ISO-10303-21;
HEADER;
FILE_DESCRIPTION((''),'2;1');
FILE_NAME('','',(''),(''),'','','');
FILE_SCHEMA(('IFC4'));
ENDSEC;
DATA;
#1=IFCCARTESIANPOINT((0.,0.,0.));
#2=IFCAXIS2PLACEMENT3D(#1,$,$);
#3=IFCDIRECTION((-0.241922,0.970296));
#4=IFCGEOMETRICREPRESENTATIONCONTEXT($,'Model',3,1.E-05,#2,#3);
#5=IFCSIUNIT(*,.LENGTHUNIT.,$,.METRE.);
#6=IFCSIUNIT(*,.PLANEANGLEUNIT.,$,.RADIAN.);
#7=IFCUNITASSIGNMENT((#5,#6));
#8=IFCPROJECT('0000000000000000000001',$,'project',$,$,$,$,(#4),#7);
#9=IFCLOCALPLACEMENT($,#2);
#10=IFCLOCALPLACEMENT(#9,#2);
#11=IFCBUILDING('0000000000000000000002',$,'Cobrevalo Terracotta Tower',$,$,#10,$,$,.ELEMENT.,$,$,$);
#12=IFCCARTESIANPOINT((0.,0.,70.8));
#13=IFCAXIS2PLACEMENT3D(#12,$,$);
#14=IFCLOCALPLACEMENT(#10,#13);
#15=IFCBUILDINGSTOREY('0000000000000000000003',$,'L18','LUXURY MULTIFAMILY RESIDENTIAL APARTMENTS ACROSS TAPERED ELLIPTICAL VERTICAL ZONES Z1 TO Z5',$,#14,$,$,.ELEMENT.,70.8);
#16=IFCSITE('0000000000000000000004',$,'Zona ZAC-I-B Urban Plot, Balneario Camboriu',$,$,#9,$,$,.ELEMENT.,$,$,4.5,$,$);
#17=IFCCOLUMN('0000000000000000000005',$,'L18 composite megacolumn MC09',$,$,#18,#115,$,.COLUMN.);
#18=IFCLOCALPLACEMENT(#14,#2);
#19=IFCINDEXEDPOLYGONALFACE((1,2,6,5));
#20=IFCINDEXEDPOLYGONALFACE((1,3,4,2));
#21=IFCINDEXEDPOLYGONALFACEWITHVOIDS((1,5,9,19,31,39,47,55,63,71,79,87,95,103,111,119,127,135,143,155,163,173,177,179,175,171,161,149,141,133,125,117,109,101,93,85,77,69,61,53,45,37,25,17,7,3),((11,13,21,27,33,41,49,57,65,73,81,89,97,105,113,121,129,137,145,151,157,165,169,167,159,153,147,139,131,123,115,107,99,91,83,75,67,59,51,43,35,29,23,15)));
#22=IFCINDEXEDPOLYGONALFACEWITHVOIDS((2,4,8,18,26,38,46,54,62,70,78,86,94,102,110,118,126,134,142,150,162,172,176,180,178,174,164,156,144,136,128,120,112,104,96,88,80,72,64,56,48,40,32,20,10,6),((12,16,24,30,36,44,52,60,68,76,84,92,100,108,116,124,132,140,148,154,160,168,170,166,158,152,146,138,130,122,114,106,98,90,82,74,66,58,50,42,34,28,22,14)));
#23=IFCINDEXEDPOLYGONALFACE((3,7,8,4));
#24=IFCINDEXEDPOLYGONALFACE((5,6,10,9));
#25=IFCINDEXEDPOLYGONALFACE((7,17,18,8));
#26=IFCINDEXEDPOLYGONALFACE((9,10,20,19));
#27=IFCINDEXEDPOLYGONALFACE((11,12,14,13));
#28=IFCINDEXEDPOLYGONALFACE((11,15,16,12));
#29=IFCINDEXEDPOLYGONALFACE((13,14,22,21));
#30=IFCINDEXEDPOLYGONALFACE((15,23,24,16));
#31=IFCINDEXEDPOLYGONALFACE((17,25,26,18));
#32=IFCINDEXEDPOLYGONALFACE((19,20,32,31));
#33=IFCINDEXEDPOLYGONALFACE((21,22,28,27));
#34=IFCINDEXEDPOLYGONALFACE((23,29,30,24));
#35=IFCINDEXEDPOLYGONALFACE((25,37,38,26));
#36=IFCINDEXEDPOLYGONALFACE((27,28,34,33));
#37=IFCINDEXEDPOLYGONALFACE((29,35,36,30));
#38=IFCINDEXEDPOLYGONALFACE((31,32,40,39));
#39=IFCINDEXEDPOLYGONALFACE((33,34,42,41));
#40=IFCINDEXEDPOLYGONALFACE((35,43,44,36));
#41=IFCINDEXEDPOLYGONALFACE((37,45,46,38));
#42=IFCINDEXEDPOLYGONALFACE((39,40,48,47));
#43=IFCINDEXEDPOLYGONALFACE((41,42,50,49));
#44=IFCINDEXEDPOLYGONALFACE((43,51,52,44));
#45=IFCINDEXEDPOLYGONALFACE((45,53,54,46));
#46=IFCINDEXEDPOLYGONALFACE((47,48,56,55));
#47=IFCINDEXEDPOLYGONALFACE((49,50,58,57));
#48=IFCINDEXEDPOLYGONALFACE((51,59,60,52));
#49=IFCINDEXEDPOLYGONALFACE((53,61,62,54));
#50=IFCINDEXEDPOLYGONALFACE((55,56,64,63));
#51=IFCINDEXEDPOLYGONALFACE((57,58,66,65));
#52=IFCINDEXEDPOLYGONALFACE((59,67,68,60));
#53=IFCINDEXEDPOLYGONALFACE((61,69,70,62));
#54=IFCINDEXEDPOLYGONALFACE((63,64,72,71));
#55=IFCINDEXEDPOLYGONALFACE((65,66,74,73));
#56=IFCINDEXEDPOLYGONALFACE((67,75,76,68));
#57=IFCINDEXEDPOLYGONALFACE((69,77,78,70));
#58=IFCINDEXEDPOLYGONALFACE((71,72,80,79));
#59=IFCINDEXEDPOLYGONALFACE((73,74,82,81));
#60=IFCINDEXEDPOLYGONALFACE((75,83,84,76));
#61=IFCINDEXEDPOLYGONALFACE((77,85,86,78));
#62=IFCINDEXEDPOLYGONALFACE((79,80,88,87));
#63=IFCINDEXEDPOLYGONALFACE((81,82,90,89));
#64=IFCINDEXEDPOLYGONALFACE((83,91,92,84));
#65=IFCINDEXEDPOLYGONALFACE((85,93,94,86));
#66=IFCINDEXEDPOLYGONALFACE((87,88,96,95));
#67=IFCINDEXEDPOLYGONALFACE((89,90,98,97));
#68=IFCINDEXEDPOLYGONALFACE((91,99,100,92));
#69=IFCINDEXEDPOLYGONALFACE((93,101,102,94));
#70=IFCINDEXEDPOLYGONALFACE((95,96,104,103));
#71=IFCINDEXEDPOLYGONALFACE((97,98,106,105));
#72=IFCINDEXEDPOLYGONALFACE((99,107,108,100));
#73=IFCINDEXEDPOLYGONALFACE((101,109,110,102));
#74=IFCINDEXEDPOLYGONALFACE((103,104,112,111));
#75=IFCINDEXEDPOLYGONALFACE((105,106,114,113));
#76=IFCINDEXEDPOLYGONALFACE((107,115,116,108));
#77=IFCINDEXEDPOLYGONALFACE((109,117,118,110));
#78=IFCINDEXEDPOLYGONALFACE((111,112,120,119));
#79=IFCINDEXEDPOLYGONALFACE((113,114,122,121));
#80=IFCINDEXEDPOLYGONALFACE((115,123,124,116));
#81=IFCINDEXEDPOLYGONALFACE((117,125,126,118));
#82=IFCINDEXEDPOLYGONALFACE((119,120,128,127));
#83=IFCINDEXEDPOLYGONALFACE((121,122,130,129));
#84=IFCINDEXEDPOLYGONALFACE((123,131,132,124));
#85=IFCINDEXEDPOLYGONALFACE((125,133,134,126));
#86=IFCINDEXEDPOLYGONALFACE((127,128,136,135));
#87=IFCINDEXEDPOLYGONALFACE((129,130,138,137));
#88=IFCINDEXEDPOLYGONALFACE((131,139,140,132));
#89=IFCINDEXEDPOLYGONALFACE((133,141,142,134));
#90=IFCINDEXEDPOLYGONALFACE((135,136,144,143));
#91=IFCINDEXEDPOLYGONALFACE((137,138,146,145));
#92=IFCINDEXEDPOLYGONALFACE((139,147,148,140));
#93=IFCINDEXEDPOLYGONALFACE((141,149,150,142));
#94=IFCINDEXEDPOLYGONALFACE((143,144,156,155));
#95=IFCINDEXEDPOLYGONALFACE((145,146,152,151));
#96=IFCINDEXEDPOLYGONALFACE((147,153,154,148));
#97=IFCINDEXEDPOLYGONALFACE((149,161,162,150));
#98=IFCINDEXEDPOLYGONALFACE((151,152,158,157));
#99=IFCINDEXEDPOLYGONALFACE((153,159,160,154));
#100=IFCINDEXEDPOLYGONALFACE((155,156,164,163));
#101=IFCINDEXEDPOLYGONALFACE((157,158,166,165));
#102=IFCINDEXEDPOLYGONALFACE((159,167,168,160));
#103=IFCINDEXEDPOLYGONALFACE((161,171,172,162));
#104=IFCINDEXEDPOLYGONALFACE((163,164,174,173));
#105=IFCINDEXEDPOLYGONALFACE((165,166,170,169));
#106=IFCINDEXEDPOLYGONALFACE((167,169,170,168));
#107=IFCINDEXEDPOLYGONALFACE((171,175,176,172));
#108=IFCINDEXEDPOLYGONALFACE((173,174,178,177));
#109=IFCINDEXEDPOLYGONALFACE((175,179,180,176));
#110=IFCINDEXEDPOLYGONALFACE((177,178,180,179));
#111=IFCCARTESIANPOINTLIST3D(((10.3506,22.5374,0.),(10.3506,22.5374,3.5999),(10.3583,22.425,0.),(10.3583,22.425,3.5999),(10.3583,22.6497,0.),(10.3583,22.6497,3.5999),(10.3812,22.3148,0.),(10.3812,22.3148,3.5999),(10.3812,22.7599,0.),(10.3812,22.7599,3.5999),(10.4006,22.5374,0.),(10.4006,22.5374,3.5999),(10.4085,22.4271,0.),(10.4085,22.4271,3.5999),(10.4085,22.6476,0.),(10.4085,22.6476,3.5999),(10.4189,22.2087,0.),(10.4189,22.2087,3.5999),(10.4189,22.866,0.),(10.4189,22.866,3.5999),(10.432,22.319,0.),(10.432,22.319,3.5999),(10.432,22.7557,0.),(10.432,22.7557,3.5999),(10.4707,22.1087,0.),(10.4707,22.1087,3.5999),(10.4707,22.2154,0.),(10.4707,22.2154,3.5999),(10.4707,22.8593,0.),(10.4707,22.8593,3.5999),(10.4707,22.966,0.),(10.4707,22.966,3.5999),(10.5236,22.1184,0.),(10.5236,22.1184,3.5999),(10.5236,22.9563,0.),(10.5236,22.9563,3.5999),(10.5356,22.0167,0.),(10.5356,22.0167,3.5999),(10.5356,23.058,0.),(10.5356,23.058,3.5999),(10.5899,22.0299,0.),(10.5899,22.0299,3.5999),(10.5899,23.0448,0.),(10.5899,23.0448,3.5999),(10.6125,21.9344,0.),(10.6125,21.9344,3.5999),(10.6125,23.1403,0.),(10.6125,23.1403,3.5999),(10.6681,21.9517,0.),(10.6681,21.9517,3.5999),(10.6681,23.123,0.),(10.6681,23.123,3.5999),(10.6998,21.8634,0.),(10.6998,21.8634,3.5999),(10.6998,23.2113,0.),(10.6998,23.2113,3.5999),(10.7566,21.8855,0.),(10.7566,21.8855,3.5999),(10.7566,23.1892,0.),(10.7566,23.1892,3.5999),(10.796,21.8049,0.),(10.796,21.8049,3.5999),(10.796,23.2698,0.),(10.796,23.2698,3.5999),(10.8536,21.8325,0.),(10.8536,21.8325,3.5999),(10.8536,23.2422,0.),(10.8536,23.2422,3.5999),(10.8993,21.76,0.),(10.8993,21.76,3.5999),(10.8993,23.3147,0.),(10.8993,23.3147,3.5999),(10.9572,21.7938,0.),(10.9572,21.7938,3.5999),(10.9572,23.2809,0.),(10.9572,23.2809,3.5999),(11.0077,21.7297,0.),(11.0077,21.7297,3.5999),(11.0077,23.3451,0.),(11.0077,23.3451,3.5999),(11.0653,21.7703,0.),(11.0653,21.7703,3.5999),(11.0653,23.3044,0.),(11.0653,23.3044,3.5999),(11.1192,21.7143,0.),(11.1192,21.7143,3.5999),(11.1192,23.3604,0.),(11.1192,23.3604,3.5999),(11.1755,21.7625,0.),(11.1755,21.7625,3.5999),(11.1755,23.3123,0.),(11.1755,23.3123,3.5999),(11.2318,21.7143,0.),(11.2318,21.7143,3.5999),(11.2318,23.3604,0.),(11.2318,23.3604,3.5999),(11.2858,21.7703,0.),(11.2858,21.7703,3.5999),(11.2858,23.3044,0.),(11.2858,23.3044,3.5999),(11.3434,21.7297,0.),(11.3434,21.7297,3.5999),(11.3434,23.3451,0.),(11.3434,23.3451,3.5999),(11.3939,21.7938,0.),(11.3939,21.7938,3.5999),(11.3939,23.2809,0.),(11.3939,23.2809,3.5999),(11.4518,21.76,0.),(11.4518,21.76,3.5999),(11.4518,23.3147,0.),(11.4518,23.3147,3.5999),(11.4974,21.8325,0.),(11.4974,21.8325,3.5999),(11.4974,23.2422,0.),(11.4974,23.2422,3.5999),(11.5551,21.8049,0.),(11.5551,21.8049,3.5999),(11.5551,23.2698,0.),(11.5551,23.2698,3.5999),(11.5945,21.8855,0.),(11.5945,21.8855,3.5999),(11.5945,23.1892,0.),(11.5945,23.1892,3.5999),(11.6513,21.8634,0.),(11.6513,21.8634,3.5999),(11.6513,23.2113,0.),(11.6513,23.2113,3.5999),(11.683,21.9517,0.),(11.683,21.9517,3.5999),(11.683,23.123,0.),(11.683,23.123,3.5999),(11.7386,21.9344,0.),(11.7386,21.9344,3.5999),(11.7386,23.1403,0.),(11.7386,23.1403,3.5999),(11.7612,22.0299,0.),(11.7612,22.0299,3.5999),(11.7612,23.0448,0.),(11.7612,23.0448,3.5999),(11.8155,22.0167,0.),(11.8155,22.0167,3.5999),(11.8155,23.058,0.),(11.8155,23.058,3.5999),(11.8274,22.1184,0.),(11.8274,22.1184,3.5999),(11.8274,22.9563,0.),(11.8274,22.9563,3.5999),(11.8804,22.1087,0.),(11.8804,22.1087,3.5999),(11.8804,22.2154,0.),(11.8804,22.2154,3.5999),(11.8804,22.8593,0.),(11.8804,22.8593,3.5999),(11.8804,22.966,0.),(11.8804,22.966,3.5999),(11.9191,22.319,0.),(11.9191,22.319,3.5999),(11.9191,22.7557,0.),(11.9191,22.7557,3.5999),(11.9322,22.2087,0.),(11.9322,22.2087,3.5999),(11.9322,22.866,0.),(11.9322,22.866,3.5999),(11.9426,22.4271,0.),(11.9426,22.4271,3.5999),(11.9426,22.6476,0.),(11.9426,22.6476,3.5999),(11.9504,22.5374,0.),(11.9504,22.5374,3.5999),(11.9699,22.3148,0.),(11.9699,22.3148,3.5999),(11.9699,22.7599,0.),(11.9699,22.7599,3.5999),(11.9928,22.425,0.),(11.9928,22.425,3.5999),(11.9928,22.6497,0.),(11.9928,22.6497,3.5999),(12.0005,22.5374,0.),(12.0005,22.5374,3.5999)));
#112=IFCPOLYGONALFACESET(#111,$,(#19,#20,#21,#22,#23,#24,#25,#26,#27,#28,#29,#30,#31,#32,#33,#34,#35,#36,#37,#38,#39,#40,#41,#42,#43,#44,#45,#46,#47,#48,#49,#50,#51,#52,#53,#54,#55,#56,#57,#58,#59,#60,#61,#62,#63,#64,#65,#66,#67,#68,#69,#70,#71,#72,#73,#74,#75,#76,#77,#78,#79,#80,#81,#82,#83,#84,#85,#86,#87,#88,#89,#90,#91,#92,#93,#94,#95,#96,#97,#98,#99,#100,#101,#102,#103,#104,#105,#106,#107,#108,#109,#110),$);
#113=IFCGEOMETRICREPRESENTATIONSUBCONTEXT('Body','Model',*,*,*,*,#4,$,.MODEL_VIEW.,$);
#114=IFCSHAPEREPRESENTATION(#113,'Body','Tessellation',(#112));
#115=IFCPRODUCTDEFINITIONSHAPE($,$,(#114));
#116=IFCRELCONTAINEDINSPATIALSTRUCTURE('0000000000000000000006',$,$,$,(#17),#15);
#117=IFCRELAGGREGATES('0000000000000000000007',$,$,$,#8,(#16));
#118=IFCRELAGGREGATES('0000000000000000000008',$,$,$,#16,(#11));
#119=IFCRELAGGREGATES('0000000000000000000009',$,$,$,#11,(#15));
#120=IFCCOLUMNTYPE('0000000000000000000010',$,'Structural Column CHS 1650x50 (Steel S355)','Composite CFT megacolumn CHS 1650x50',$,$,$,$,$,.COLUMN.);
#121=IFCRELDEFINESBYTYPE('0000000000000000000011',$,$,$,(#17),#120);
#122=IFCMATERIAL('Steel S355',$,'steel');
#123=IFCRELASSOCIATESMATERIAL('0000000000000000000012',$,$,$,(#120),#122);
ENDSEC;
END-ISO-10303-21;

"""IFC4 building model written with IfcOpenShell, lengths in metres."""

from ifc_helpers import new_model, si_unit, direction, frame, origin, origin_2d, place, context, subcontext, project, spatial, hollow_circle, extrude, material, material_profile, profile_set, type_object, element, save


model = new_model("IFC4")

# Units and contexts
model_context = context("Model", 3, precision=1e-05, world=origin(), true_north=direction((-0.241922, 0.970296)))
body_context = subcontext(model_context, "Body", "Model", "MODEL_VIEW")
ifc_project = project(units=[si_unit("LENGTHUNIT", "METRE"), si_unit("PLANEANGLEUNIT", "RADIAN")], contexts=[model_context])

# Site, building, storey
site_placement = place(None, origin())
site = spatial("IfcSite", under=ifc_project, at=site_placement, Name="Zona ZAC-I-B Urban Plot, Balneario Camboriu", CompositionType="ELEMENT", RefElevation=4.5)
building_placement = place(site_placement, origin())
building = spatial("IfcBuilding", under=site, at=building_placement, Name="Cobrevalo Terracotta Tower", CompositionType="ELEMENT")
storey_placement = place(building_placement, frame((0.0, 0.0, 70.8)))
storey = spatial("IfcBuildingStorey", under=building, at=storey_placement, Name="L18", Description="LUXURY MULTIFAMILY RESIDENTIAL APARTMENTS ACROSS TAPERED ELLIPTICAL VERTICAL ZONES Z1 TO Z5", CompositionType="ELEMENT", Elevation=70.8)

# Column
ifc_material_1 = material(Name="Steel S355", Category="steel")
ifc_material_profile_1 = material_profile(ifc_material_1, hollow_circle(Radius=0.825, WallThickness=0.05, at=origin_2d()), Name="CHS 1650x50")
ifc_profile_set_1 = profile_set([ifc_material_profile_1], Name="Steel S355")
column_type = type_object("IfcColumnType", Name="Structural Column CHS 1650x50 (Steel S355)", Description="Composite CFT megacolumn CHS 1650x50", PredefinedType="COLUMN", material=ifc_profile_set_1)
for number, where, z_axis, x_axis, name in (
    (1, (11.1755, 22.5374, 0.0), (0.0, 0.0, 1.0), (1.0, 0.0, 0.0), "L18 composite megacolumn MC09"),
):
    element("IfcColumn", number, at=place(storey_placement, frame(where, z_axis=z_axis, x_axis=x_axis)), inside=storey, type_object=column_type, Name=name, PredefinedType="COLUMN", context=body_context, shape_type="SweptSolid", body=[
        extrude(hollow_circle(Radius=0.825, WallThickness=0.05, at=origin_2d()), origin(), (0.0, 0.0, 1.0), 3.5999),
    ])

save(model, "model.ifc")
